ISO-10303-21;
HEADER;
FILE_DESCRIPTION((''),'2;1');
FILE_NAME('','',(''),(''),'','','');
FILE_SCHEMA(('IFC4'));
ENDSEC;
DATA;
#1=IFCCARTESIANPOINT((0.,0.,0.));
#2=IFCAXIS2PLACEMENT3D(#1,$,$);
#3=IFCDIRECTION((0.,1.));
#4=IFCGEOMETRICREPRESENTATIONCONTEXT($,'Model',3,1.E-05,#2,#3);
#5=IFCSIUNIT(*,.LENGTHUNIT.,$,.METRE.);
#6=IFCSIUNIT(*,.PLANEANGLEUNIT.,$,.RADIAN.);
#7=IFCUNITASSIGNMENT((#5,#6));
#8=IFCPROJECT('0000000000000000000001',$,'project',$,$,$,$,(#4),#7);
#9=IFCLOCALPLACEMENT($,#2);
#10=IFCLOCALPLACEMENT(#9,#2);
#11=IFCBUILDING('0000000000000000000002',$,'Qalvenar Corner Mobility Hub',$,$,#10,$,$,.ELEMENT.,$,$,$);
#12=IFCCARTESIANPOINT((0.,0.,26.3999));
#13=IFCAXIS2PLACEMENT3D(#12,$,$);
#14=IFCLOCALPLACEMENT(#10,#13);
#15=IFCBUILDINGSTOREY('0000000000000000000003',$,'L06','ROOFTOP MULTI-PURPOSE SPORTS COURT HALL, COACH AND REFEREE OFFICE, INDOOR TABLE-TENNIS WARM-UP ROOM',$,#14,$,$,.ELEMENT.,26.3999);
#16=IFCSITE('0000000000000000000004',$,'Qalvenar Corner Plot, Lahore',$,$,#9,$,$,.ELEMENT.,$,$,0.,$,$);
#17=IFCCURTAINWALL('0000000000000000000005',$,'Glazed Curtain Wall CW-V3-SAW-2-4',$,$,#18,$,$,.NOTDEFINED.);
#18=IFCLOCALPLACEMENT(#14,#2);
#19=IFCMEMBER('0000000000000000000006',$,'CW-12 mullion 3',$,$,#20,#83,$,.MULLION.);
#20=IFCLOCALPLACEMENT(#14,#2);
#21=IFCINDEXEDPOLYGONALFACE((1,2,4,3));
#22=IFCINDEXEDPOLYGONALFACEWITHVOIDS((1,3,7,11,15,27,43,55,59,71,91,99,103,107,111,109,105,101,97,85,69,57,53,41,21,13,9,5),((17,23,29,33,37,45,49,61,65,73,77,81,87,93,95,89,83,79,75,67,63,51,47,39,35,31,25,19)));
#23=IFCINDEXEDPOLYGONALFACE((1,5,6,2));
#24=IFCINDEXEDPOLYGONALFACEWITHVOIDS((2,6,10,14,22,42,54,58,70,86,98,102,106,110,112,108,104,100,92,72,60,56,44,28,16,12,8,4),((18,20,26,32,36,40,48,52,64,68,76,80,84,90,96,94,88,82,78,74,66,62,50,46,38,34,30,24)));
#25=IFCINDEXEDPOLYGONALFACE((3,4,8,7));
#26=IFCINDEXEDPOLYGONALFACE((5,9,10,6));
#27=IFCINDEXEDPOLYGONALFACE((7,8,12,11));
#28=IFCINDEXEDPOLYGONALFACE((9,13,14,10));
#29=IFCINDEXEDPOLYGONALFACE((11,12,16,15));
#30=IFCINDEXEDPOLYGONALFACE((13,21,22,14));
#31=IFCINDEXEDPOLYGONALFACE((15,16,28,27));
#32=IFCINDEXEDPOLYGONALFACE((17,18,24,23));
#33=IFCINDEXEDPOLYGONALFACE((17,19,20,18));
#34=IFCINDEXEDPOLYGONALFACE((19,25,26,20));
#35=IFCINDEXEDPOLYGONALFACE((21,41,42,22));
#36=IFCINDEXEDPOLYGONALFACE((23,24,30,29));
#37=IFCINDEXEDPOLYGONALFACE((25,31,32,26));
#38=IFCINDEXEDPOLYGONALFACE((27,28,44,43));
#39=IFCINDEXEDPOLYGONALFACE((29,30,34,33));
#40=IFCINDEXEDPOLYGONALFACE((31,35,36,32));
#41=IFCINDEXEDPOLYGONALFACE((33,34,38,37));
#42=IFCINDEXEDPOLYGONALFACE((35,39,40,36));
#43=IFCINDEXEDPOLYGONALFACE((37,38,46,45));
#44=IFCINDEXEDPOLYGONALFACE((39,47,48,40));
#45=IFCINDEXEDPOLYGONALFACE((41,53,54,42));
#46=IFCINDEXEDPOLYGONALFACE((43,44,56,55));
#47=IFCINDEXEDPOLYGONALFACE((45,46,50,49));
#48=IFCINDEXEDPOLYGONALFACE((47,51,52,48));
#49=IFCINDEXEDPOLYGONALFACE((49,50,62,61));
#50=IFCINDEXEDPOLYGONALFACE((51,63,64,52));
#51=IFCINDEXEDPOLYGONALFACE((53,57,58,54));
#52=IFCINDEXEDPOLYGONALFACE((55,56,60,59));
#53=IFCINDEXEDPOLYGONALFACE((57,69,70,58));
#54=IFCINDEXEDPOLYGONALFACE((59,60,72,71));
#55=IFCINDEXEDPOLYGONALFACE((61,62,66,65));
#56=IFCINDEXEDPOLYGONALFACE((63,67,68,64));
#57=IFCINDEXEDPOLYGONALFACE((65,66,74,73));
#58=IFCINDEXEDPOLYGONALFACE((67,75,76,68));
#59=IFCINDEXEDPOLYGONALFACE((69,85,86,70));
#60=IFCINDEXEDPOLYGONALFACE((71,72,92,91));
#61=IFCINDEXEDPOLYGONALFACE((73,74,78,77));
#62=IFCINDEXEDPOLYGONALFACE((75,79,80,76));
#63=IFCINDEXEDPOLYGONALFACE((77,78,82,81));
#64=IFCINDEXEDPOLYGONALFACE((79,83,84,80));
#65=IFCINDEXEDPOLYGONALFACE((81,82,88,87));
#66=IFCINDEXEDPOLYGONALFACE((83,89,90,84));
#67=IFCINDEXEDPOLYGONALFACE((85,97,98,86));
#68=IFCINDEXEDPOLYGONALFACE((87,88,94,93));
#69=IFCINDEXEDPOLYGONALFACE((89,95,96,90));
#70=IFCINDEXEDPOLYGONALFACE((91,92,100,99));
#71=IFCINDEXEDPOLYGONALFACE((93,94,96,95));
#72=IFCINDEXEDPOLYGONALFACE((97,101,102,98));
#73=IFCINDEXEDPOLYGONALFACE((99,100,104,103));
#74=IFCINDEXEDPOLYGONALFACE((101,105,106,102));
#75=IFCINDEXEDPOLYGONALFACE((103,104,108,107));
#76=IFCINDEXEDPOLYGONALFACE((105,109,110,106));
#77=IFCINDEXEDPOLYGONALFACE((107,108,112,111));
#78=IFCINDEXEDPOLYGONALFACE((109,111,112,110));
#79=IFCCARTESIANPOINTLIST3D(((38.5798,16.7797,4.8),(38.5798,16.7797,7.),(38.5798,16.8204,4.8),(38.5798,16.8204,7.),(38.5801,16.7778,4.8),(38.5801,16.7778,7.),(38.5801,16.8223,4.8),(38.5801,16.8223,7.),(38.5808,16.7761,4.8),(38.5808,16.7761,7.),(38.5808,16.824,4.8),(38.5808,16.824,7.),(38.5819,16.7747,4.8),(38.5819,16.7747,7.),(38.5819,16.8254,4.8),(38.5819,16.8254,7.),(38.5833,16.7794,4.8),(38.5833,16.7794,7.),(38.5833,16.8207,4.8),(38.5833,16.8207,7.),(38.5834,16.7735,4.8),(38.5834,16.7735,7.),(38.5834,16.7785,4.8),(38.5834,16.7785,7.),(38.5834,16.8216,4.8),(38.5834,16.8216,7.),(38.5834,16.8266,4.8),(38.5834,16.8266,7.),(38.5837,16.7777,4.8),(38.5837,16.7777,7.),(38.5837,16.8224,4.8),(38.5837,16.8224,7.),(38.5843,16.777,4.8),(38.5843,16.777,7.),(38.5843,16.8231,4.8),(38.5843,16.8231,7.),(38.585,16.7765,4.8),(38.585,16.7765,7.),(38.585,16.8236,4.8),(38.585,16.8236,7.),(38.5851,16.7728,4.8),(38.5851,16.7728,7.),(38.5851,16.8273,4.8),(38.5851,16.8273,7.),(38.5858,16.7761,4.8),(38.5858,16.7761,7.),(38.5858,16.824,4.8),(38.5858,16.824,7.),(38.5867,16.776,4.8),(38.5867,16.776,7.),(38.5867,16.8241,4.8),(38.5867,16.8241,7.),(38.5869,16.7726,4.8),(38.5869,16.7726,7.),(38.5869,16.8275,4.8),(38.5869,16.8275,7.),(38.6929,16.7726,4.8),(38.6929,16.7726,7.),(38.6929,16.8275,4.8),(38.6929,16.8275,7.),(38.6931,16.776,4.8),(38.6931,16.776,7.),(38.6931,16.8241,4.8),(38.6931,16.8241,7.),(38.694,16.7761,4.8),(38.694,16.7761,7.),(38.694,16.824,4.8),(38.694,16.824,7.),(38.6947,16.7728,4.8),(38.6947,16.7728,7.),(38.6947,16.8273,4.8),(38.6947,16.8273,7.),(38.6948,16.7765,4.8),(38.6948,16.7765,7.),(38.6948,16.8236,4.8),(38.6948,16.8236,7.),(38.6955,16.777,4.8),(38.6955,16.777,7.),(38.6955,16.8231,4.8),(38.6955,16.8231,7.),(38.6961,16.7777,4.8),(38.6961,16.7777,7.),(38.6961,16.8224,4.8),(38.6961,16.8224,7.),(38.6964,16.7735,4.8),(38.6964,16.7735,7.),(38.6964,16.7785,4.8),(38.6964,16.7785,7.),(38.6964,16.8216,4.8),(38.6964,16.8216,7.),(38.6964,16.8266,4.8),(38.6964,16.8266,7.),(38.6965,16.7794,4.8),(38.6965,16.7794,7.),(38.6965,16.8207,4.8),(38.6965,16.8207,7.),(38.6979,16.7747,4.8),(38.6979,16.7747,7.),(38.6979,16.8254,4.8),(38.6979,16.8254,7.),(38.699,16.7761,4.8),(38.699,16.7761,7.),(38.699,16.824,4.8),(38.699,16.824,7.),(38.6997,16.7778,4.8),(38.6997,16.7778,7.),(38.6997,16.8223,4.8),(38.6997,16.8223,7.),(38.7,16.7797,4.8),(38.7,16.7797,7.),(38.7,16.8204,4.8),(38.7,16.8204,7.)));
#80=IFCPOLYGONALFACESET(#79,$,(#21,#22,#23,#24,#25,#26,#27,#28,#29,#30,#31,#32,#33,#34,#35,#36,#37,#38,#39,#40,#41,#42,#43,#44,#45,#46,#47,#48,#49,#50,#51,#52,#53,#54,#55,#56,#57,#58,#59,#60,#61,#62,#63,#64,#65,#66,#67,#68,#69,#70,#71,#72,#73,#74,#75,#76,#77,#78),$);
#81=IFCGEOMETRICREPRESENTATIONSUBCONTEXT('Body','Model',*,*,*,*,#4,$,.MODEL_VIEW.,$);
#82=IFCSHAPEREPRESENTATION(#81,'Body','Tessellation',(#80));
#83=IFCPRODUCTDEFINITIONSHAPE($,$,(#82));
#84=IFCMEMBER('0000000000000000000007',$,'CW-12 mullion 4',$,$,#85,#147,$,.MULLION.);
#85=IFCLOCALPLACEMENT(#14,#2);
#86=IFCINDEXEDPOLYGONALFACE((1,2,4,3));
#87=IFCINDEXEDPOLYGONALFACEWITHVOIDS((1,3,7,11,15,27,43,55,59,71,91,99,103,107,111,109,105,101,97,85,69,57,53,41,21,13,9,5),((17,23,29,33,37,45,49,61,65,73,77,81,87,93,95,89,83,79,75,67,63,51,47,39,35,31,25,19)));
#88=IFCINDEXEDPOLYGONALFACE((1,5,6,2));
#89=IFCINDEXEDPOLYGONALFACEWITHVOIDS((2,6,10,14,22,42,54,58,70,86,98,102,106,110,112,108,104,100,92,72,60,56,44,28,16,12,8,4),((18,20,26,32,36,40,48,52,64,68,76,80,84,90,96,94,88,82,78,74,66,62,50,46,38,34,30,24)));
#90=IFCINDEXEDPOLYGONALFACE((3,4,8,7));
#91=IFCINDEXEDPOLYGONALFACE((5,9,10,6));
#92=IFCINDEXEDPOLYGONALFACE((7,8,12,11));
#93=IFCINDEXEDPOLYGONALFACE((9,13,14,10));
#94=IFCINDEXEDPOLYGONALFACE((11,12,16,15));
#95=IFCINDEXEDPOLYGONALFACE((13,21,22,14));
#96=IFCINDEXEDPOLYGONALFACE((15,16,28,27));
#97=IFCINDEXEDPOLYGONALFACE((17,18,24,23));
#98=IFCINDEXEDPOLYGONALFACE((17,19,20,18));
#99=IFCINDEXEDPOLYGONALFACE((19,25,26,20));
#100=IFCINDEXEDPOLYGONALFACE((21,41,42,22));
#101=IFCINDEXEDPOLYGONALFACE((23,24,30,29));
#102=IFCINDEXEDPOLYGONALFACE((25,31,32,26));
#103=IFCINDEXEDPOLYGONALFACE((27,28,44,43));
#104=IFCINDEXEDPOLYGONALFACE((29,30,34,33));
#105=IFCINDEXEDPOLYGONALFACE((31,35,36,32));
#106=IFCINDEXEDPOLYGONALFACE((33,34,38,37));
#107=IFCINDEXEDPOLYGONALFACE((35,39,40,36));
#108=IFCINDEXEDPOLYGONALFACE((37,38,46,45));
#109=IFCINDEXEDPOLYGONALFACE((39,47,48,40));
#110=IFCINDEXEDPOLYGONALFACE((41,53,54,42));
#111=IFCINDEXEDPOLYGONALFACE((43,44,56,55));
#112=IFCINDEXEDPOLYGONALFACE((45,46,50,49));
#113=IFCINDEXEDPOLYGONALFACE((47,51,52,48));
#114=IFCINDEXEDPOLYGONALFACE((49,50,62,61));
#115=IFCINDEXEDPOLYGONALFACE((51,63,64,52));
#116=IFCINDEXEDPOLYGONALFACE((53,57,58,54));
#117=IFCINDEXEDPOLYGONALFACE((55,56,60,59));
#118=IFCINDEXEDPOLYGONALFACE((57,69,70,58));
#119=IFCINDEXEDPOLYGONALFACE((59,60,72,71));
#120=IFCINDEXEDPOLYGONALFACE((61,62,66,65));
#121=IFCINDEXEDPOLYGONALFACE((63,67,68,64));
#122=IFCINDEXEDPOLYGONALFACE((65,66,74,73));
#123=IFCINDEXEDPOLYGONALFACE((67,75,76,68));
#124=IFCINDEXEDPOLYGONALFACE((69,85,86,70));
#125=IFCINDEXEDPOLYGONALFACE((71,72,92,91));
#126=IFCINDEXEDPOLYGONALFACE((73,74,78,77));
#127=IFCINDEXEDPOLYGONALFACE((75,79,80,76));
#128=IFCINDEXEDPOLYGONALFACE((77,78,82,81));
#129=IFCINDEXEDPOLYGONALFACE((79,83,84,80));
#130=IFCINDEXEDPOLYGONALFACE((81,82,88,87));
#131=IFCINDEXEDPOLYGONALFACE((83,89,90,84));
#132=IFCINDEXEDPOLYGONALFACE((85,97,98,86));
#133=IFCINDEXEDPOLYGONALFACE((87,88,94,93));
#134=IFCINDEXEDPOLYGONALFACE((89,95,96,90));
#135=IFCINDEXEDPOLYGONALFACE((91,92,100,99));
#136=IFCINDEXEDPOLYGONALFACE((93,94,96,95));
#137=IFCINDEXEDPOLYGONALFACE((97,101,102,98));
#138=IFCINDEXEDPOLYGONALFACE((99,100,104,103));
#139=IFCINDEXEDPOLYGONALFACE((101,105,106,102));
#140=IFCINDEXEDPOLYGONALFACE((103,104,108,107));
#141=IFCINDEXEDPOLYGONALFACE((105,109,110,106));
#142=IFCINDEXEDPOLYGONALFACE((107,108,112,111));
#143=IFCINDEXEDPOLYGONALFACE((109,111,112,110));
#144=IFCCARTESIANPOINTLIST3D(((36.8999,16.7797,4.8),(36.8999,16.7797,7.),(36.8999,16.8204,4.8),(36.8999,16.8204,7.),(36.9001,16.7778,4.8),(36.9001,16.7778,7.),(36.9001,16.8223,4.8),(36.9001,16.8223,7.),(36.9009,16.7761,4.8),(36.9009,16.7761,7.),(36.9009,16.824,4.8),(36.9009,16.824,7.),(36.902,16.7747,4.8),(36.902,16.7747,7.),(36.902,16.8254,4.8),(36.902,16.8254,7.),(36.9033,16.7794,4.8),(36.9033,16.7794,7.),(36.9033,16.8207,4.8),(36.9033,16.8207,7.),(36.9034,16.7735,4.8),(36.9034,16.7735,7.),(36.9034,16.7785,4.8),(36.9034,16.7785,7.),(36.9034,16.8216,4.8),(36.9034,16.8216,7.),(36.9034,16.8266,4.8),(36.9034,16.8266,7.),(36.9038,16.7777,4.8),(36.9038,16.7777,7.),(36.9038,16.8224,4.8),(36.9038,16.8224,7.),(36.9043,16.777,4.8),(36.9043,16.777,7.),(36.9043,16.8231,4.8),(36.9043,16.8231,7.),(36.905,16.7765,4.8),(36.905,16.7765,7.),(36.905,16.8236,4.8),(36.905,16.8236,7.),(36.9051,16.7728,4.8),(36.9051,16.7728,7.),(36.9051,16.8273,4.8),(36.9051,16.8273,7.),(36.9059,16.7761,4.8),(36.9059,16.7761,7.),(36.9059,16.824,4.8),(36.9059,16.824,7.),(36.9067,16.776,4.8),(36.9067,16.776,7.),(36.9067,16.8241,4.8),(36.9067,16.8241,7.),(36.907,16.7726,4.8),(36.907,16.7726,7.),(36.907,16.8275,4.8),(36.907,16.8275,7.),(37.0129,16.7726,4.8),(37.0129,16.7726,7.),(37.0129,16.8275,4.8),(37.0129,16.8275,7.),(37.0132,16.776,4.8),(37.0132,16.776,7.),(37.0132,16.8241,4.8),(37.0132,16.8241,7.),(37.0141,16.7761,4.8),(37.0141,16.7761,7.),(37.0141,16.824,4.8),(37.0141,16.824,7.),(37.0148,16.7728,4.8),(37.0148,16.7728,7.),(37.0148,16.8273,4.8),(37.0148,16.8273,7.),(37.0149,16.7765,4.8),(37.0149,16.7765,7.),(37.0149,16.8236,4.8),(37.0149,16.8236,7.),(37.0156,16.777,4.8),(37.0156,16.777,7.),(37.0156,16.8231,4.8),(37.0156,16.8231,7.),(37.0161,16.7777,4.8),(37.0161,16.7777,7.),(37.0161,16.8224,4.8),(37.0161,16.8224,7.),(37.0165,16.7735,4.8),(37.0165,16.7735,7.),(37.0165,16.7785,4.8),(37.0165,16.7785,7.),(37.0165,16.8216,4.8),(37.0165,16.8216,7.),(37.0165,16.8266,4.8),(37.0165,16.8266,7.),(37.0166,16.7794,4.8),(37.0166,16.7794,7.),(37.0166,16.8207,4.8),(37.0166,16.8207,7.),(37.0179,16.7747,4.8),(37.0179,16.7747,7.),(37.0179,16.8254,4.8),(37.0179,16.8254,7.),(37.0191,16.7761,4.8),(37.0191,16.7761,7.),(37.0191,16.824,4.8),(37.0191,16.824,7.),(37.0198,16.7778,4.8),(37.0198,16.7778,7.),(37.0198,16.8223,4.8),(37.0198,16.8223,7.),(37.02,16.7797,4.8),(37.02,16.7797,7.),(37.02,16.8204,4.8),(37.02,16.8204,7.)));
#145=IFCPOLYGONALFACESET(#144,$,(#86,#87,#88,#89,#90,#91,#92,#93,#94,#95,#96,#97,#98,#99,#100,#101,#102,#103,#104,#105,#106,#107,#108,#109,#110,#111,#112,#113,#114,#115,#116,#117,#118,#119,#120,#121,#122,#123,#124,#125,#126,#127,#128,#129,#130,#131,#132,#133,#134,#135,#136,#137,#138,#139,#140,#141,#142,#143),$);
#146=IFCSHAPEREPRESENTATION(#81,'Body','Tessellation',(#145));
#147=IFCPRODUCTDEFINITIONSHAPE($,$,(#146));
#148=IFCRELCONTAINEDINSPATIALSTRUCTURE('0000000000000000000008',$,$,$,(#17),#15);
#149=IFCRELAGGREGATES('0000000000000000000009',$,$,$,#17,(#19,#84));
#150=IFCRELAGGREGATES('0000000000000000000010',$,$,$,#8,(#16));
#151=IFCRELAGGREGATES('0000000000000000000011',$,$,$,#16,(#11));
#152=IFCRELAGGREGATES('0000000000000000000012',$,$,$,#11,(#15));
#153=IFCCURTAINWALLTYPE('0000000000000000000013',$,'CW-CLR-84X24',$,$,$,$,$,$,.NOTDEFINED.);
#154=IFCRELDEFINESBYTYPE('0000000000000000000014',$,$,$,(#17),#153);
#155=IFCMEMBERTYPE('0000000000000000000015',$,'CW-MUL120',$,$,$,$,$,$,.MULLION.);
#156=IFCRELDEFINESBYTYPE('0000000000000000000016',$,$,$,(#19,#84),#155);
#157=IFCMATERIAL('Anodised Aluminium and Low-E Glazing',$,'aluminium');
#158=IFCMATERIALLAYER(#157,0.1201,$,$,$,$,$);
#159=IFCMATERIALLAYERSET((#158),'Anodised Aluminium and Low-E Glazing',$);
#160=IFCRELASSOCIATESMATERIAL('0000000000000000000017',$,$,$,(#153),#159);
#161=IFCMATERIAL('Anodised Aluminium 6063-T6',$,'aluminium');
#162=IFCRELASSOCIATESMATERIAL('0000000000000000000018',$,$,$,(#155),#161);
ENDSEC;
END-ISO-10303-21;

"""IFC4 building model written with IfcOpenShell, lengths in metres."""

from ifc_helpers import new_model, si_unit, direction, frame, origin, origin_2d, place, context, subcontext, project, spatial, hollow_rectangle, extrude, material, layer, layer_set, material_profile, profile_set, type_object, element, aggregate, save


model = new_model("IFC4")

# Units and contexts
model_context = context("Model", 3, precision=1e-05, world=origin(), true_north=direction((0.0, 1.0)))
body_context = subcontext(model_context, "Body", "Model", "MODEL_VIEW")
ifc_project = project(units=[si_unit("LENGTHUNIT", "METRE"), si_unit("PLANEANGLEUNIT", "RADIAN")], contexts=[model_context])

# Site, building, storey
site_placement = place(None, origin())
site = spatial("IfcSite", under=ifc_project, at=site_placement, Name="Qalvenar Corner Plot, Lahore", CompositionType="ELEMENT", RefElevation=0.0)
building_placement = place(site_placement, origin())
building = spatial("IfcBuilding", under=site, at=building_placement, Name="Qalvenar Corner Mobility Hub", CompositionType="ELEMENT")
storey_placement = place(building_placement, frame((0.0, 0.0, 26.3999)))
storey = spatial("IfcBuildingStorey", under=building, at=storey_placement, Name="L06", Description="ROOFTOP MULTI-PURPOSE SPORTS COURT HALL, COACH AND REFEREE OFFICE, INDOOR TABLE-TENNIS WARM-UP ROOM", CompositionType="ELEMENT", Elevation=26.3999)

# Curtain wall, members
ifc_material_1 = material(Name="Anodised Aluminium and Low-E Glazing", Category="aluminium")
ifc_layer_1 = layer(ifc_material_1, 0.1201)
ifc_layer_set_1 = layer_set([ifc_layer_1], Name="Anodised Aluminium and Low-E Glazing")
curtain_wall_type = type_object("IfcCurtainWallType", Name="CW-CLR-84X24", PredefinedType="NOTDEFINED", material=ifc_layer_set_1)
curtain_wall_1_placement = place(storey_placement, origin())
curtain_wall_1 = element("IfcCurtainWall", 1, at=curtain_wall_1_placement, inside=storey, type_object=curtain_wall_type, Name="Glazed Curtain Wall CW-V3-SAW-2-4", PredefinedType="NOTDEFINED")
ifc_material_2 = material(Name="Anodised Aluminium 6063-T6", Category="aluminium")
ifc_material_profile_1 = material_profile(ifc_material_2, hollow_rectangle(XDim=0.0549, YDim=0.1201, WallThickness=0.0034, InnerFilletRadius=0.0034, OuterFilletRadius=0.0071, at=origin_2d()), Name="RHS120x55x3.5")
ifc_profile_set_1 = profile_set([ifc_material_profile_1], Name="Anodised Aluminium 6063-T6")
member_type_1 = type_object("IfcMemberType", Name="CW-MUL120", PredefinedType="MULLION", material=ifc_profile_set_1)
member_1_placement = place(storey_placement, frame((38.6399, 16.8, 4.8), z_axis=(0.0, 0.0, 1.0), x_axis=(0.0, -1.0, 0.0)))
member_1 = element("IfcMember", 2, at=member_1_placement, type_object=member_type_1, Name="CW-12 mullion 3", PredefinedType="MULLION", context=body_context, shape_type="SweptSolid", body=[
    extrude(hollow_rectangle(XDim=0.0549, YDim=0.1201, WallThickness=0.0034, InnerFilletRadius=0.0034, OuterFilletRadius=0.0071, at=origin_2d()), origin(), (0.0, 0.0, 1.0), 2.2),
])
member_2_placement = place(storey_placement, frame((36.96, 16.8, 4.8), z_axis=(0.0, 0.0, 1.0), x_axis=(0.0, -1.0, 0.0)))
member_2 = element("IfcMember", 3, at=member_2_placement, type_object=member_type_1, Name="CW-12 mullion 4", PredefinedType="MULLION", context=body_context, shape_type="SweptSolid", body=[
    extrude(hollow_rectangle(XDim=0.0549, YDim=0.1201, WallThickness=0.0034, InnerFilletRadius=0.0034, OuterFilletRadius=0.0071, at=origin_2d()), origin(), (0.0, 0.0, 1.0), 2.2),
])

aggregate(curtain_wall_1, [member_1, member_2])

save(model, "model.ifc")
